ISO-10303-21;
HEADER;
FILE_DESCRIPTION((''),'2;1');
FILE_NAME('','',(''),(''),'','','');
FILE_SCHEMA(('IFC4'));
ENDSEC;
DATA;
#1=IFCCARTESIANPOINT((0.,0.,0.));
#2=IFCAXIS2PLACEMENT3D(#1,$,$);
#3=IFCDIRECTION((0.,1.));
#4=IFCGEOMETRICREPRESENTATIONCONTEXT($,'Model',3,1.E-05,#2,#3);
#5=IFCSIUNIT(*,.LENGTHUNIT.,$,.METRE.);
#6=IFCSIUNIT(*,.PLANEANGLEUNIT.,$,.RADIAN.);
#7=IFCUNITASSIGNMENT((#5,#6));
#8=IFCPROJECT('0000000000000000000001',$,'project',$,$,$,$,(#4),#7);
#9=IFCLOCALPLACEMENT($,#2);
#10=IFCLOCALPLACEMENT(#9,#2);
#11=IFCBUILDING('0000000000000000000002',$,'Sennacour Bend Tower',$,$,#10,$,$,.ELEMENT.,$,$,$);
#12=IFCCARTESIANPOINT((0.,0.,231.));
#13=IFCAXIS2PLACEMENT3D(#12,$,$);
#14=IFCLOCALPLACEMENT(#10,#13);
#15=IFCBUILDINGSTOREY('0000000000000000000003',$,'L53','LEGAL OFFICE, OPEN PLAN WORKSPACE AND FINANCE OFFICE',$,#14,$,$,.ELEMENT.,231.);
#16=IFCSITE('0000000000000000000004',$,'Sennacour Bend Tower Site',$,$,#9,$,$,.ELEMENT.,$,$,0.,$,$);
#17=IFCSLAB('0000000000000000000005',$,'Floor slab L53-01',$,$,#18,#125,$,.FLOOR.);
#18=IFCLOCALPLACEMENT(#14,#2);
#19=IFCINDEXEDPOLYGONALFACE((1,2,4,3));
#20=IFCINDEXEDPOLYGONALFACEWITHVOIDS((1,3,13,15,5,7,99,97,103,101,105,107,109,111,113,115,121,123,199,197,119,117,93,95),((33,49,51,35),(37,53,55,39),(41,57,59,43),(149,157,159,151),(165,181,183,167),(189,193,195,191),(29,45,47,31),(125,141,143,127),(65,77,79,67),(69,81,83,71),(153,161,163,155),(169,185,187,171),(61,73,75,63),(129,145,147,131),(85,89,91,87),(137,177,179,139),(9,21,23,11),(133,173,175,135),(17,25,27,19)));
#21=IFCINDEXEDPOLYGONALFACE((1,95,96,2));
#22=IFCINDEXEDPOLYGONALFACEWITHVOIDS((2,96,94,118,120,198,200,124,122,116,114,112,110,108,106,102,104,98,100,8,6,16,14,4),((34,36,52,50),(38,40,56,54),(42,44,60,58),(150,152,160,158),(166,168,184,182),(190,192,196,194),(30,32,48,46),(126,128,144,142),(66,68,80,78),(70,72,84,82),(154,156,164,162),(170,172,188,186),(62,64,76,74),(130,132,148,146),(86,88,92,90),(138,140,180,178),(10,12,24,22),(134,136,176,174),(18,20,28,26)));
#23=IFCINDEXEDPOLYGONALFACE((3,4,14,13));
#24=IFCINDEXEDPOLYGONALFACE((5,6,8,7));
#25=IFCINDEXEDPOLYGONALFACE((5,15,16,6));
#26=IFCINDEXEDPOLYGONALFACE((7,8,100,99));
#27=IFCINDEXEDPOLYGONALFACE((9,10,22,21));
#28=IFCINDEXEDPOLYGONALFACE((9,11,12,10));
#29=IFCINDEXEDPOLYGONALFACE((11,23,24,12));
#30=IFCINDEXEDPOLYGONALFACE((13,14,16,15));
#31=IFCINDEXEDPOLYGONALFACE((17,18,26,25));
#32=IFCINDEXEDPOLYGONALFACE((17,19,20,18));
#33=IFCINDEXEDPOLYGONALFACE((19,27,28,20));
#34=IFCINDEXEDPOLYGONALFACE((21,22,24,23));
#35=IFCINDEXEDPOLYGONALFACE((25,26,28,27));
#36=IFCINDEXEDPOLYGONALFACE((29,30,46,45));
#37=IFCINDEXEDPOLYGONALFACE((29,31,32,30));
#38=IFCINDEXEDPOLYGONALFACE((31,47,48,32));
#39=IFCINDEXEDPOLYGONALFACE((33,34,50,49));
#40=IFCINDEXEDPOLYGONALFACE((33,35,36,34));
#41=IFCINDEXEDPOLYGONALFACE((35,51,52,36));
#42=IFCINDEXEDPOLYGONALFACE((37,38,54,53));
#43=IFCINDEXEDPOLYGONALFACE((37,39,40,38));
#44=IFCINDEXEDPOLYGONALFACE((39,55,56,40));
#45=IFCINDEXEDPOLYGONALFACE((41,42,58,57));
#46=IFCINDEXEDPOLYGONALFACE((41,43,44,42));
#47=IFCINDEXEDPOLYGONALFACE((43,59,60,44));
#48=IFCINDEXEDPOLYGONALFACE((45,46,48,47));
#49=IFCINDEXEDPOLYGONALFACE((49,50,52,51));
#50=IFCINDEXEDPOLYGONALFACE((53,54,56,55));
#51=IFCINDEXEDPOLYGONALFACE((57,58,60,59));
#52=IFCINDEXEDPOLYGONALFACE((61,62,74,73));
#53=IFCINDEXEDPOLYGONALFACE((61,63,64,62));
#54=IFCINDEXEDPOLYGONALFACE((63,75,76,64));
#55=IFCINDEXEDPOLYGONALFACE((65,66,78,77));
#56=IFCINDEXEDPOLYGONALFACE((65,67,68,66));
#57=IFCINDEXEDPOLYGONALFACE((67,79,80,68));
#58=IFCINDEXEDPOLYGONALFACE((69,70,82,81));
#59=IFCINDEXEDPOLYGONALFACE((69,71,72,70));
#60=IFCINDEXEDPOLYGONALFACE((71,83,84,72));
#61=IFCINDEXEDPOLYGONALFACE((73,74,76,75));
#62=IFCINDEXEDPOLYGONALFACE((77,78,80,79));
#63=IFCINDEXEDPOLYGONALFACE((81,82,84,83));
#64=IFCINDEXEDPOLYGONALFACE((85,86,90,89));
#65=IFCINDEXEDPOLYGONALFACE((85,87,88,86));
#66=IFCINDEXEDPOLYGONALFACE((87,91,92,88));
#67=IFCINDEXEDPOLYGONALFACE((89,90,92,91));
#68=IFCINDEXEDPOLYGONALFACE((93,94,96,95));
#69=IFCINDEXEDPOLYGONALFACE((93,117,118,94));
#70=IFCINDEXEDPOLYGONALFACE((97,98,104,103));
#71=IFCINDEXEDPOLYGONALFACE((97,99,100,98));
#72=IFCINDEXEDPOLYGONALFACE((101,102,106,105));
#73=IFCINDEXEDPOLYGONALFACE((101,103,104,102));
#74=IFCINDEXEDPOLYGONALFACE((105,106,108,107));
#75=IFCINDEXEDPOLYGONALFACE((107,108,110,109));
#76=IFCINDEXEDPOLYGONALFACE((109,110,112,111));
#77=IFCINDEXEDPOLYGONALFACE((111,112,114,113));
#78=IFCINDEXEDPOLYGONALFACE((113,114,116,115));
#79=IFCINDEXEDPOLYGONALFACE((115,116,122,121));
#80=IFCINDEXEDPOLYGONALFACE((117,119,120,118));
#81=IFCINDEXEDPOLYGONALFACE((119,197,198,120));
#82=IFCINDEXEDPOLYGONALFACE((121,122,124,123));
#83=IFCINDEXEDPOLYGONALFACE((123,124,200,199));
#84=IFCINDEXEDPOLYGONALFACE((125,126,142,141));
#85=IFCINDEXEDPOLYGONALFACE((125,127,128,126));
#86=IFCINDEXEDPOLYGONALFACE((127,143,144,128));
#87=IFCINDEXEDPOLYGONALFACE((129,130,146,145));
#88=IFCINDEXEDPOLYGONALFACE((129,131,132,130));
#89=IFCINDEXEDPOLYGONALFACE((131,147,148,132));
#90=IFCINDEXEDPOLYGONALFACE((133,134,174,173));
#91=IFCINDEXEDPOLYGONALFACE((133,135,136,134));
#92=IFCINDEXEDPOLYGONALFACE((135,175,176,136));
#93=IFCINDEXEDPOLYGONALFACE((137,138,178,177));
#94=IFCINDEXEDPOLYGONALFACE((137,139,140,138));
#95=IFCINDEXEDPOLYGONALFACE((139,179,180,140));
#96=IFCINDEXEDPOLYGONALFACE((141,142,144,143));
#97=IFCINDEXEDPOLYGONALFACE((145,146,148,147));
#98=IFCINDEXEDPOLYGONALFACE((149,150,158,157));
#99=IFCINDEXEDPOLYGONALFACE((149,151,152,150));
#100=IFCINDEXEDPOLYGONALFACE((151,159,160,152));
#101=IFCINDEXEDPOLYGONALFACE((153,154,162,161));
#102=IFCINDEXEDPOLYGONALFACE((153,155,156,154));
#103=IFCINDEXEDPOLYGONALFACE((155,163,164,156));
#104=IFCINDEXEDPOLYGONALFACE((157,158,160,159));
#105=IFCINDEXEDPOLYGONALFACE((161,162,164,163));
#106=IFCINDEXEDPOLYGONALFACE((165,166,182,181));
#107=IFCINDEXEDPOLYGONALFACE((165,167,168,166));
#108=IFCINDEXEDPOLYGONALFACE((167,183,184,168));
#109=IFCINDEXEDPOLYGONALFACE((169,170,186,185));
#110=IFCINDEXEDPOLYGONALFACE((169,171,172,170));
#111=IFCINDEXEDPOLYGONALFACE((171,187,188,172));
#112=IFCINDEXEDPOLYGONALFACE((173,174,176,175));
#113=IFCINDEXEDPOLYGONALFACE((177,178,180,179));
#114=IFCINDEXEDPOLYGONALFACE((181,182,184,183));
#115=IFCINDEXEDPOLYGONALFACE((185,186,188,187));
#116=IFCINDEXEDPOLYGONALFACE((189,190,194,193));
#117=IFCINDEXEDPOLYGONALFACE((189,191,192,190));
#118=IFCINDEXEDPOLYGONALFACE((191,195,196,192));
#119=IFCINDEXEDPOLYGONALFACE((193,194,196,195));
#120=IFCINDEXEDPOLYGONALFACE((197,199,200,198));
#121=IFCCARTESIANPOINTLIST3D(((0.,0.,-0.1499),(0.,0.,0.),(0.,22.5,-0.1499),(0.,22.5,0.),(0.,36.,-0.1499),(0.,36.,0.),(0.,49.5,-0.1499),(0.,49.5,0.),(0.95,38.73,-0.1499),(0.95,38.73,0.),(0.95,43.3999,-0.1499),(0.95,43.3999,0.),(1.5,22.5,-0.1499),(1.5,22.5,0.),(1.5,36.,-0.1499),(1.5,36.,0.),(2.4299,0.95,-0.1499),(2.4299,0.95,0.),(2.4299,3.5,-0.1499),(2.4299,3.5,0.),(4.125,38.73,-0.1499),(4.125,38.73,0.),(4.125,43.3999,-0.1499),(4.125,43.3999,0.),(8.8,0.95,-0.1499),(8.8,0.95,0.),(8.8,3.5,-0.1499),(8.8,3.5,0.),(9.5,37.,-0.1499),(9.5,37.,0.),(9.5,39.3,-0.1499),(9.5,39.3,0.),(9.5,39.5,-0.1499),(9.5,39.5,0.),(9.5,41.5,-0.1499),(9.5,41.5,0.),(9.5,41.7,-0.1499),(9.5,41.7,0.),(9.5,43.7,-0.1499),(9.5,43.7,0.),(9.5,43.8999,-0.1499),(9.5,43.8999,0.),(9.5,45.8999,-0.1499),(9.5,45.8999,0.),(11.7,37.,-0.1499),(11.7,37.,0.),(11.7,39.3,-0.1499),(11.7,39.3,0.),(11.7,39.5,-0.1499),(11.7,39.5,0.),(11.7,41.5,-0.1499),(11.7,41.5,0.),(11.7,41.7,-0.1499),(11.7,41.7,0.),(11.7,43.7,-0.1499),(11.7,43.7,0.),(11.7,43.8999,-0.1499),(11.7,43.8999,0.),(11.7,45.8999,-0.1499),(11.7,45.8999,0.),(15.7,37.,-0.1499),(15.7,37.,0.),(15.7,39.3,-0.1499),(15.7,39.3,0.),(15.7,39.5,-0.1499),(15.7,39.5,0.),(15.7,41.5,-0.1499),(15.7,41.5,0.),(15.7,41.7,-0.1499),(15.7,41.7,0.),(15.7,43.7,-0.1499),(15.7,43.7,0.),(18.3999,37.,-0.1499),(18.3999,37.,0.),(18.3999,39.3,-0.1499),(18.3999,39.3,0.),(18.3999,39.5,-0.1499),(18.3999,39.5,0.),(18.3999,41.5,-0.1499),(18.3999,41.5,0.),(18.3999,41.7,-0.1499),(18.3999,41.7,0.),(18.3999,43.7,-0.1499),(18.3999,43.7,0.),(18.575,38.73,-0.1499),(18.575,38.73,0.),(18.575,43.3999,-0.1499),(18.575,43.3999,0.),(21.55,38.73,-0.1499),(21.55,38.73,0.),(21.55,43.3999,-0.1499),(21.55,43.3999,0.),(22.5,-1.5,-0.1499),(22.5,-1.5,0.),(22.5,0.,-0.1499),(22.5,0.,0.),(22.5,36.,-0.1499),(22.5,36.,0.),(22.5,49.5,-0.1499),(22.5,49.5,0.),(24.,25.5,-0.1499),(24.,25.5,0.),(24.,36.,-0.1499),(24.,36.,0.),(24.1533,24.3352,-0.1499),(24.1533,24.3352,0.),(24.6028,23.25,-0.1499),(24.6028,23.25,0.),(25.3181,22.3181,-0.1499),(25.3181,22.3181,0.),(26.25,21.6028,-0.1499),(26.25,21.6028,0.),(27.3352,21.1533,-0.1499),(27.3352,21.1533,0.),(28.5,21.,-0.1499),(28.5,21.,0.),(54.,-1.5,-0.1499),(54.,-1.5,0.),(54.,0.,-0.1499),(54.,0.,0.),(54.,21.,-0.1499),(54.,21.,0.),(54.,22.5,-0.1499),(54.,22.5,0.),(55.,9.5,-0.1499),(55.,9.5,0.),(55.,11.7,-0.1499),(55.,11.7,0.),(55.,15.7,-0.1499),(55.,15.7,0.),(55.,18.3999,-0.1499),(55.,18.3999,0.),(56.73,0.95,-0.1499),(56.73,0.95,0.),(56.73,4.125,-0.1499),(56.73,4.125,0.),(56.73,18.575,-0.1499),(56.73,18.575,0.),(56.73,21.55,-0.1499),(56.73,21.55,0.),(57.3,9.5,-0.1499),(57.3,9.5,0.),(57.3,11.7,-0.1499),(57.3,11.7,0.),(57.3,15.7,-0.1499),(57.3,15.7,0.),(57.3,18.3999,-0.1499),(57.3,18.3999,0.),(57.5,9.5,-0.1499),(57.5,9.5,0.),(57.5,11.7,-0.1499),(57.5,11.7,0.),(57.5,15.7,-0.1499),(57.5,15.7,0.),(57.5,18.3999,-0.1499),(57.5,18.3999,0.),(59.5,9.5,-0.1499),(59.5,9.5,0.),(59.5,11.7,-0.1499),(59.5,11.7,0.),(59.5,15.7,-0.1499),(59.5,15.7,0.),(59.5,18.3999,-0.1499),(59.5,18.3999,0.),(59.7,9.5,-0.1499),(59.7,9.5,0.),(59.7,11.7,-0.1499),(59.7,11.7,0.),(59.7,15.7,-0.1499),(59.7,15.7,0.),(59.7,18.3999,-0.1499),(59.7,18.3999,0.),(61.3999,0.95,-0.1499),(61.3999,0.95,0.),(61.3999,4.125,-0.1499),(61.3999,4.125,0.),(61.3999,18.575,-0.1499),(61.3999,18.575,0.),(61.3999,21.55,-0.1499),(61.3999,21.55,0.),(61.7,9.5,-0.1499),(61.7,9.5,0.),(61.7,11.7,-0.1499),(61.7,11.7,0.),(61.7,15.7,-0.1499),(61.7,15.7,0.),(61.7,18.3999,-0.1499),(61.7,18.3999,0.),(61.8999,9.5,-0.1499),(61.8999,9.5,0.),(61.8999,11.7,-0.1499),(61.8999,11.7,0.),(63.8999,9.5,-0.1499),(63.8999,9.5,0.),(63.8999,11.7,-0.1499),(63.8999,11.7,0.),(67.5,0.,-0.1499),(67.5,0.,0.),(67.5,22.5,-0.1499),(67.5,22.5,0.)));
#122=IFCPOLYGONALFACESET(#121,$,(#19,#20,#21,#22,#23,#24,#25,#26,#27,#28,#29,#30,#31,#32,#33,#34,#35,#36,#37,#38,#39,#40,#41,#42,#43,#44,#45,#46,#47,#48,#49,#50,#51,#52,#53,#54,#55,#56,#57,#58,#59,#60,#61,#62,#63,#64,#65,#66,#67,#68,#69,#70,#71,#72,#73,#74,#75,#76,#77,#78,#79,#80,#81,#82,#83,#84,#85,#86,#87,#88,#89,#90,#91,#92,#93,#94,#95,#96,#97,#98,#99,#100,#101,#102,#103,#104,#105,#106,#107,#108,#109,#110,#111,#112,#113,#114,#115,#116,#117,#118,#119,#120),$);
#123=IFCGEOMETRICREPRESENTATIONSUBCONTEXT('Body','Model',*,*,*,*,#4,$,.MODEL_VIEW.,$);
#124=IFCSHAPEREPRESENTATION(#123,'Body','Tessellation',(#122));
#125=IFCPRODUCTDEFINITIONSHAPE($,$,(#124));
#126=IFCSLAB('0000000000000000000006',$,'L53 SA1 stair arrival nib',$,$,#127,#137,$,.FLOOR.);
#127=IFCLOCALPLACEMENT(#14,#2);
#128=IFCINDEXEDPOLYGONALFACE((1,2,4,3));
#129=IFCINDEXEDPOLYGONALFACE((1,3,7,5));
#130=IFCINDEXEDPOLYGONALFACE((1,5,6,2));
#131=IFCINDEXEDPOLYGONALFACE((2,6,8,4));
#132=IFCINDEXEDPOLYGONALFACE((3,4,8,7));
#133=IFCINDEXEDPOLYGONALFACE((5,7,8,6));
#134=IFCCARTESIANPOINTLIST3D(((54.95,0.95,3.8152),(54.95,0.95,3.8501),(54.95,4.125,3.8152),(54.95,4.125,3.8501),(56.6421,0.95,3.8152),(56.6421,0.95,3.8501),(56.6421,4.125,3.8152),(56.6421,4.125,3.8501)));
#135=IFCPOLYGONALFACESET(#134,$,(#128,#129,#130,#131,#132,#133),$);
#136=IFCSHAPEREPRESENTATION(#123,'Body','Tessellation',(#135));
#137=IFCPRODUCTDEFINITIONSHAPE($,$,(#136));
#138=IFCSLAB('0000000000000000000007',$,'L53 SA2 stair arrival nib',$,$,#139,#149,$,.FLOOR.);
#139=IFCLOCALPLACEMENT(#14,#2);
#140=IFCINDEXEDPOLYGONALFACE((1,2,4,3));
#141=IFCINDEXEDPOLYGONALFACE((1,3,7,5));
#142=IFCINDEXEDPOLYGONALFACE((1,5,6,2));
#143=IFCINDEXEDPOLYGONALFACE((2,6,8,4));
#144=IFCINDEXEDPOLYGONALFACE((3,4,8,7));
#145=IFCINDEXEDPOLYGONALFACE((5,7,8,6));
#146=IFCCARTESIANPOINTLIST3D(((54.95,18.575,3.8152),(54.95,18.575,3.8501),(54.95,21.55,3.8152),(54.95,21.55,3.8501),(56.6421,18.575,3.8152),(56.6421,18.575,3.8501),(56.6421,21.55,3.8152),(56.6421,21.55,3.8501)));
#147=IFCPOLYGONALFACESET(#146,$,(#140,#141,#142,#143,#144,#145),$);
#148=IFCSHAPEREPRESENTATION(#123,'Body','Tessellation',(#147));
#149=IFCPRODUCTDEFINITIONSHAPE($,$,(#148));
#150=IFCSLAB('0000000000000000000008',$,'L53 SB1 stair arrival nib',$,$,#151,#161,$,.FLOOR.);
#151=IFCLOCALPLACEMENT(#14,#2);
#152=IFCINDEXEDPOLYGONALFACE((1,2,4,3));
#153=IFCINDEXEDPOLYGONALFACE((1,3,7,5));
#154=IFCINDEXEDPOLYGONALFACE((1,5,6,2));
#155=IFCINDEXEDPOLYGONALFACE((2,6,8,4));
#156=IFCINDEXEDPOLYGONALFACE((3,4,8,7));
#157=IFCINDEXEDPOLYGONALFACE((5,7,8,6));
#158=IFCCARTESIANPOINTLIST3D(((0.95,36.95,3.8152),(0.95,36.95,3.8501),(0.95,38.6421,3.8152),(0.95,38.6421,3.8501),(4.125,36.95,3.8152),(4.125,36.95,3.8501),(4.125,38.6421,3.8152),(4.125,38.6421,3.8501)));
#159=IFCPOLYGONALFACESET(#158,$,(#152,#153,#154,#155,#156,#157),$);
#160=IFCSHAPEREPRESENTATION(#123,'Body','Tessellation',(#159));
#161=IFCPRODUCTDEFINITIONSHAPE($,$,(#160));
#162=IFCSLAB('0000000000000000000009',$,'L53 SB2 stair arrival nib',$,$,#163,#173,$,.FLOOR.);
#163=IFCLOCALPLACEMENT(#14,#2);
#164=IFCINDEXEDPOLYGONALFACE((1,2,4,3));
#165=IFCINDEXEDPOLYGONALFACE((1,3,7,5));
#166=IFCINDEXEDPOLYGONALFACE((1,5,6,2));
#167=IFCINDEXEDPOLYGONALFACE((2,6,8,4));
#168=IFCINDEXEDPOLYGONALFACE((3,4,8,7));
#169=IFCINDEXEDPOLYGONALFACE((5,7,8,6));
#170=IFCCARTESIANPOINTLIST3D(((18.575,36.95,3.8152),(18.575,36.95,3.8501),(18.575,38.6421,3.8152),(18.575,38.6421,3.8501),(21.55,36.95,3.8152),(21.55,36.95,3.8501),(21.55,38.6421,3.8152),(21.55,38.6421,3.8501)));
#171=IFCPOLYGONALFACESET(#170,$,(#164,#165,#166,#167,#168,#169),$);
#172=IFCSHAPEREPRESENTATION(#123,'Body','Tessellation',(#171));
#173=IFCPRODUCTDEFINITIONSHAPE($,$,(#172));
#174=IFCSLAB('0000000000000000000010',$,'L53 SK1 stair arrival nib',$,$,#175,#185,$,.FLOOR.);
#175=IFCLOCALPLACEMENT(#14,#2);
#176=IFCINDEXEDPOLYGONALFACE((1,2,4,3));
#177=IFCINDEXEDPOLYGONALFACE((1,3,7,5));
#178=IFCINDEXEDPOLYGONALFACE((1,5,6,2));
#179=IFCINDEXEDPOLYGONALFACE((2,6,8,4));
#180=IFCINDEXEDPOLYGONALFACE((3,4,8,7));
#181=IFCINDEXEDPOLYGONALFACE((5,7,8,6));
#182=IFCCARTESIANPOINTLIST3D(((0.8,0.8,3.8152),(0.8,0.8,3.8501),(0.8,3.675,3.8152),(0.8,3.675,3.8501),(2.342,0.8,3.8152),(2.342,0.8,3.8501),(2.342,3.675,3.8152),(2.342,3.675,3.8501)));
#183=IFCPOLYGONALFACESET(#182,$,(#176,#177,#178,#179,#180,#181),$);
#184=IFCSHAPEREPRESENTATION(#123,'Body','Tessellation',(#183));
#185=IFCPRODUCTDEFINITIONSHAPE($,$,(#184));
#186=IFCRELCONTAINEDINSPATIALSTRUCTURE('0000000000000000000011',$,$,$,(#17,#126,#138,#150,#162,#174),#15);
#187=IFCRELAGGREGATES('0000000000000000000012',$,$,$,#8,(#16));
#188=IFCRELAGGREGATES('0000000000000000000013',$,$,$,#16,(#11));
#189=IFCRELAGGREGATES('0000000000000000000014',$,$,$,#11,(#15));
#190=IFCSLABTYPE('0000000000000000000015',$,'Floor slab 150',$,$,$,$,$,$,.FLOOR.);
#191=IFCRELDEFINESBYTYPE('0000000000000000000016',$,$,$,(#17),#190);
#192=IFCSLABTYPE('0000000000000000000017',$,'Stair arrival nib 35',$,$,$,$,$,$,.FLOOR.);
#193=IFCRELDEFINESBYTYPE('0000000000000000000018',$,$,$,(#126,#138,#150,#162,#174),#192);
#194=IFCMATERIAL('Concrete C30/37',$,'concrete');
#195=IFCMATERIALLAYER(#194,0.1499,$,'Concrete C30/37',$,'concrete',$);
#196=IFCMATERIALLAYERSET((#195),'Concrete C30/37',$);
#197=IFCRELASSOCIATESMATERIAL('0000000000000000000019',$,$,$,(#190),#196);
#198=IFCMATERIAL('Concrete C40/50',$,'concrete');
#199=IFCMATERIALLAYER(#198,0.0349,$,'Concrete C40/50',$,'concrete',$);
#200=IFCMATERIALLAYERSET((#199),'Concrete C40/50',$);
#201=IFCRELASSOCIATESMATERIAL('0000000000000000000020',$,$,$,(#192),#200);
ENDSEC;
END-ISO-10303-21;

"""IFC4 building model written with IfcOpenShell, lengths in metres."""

from ifc_helpers import new_model, si_unit, direction, frame, origin, place, context, subcontext, project, spatial, polyline, outline, extrude, material, layer, layer_set, type_object, element, save


model = new_model("IFC4")

# Units and contexts
model_context = context("Model", 3, precision=1e-05, world=origin(), true_north=direction((0.0, 1.0)))
body_context = subcontext(model_context, "Body", "Model", "MODEL_VIEW")
ifc_project = project(units=[si_unit("LENGTHUNIT", "METRE"), si_unit("PLANEANGLEUNIT", "RADIAN")], contexts=[model_context])

# Site, building, storey
site_placement = place(None, origin())
site = spatial("IfcSite", under=ifc_project, at=site_placement, Name="Sennacour Bend Tower Site", CompositionType="ELEMENT", RefElevation=0.0)
building_placement = place(site_placement, origin())
building = spatial("IfcBuilding", under=site, at=building_placement, Name="Sennacour Bend Tower", CompositionType="ELEMENT")
storey_placement = place(building_placement, frame((0.0, 0.0, 231.0)))
storey = spatial("IfcBuildingStorey", under=building, at=storey_placement, Name="L53", Description="LEGAL OFFICE, OPEN PLAN WORKSPACE AND FINANCE OFFICE", CompositionType="ELEMENT", Elevation=231.0)

# Slabs
ifc_material_1 = material(Name="Concrete C30/37", Category="concrete")
ifc_layer_1 = layer(ifc_material_1, 0.1499, Name="Concrete C30/37", Category="concrete")
ifc_layer_set_1 = layer_set([ifc_layer_1], Name="Concrete C30/37")
slab_type_1 = type_object("IfcSlabType", Name="Floor slab 150", PredefinedType="FLOOR", material=ifc_layer_set_1)
slab_1_placement = place(storey_placement, frame((0.0, 0.0, -0.1499)))
element("IfcSlab", 1, at=slab_1_placement, inside=storey, type_object=slab_type_1, Name="Floor slab L53-01", PredefinedType="FLOOR", context=body_context, shape_type="SweptSolid", body=[
    extrude(outline(polyline([(22.5, 0.0), (0.0, 0.0), (0.0, 22.5), (1.5, 22.5), (1.5, 36.0), (0.0, 36.0), (0.0, 49.5), (22.5, 49.5), (22.5, 36.0), (24.0, 36.0), (24.0, 25.5), (24.1533, 24.3352), (24.6028, 23.25), (25.3181, 22.3181), (26.25, 21.6028), (27.3352, 21.1533), (28.5, 21.0), (54.0, 21.0), (54.0, 22.5), (67.5, 22.5), (67.5, 0.0), (54.0, 0.0), (54.0, -1.5), (22.5, -1.5), (22.5, 0.0)]), holes=[polyline([(8.8, 0.95), (8.8, 3.5), (2.4299, 3.5), (2.4299, 0.95), (8.8, 0.95)]), polyline([(11.7, 37.0), (11.7, 39.3), (9.5, 39.3), (9.5, 37.0), (11.7, 37.0)]), polyline([(18.3999, 37.0), (18.3999, 39.3), (15.7, 39.3), (15.7, 37.0), (18.3999, 37.0)]), polyline([(11.7, 39.5), (11.7, 41.5), (9.5, 41.5), (9.5, 39.5), (11.7, 39.5)]), polyline([(18.3999, 39.5), (18.3999, 41.5), (15.7, 41.5), (15.7, 39.5), (18.3999, 39.5)]), polyline([(4.125, 38.73), (4.125, 43.3999), (0.95, 43.3999), (0.95, 38.73), (4.125, 38.73)]), polyline([(21.55, 38.73), (21.55, 43.3999), (18.575, 43.3999), (18.575, 38.73), (21.55, 38.73)]), polyline([(9.5, 41.7), (11.7, 41.7), (11.7, 43.7), (9.5, 43.7), (9.5, 41.7)]), polyline([(15.7, 41.7), (18.3999, 41.7), (18.3999, 43.7), (15.7, 43.7), (15.7, 41.7)]), polyline([(11.7, 43.8999), (11.7, 45.8999), (9.5, 45.8999), (9.5, 43.8999), (11.7, 43.8999)]), polyline([(61.3999, 0.95), (61.3999, 4.125), (56.73, 4.125), (56.73, 0.95), (61.3999, 0.95)]), polyline([(57.3, 9.5), (57.3, 11.7), (55.0, 11.7), (55.0, 9.5), (57.3, 9.5)]), polyline([(57.5, 9.5), (59.5, 9.5), (59.5, 11.7), (57.5, 11.7), (57.5, 9.5)]), polyline([(59.7, 9.5), (61.7, 9.5), (61.7, 11.7), (59.7, 11.7), (59.7, 9.5)]), polyline([(63.8999, 9.5), (63.8999, 11.7), (61.8999, 11.7), (61.8999, 9.5), (63.8999, 9.5)]), polyline([(57.3, 15.7), (57.3, 18.3999), (55.0, 18.3999), (55.0, 15.7), (57.3, 15.7)]), polyline([(59.5, 15.7), (59.5, 18.3999), (57.5, 18.3999), (57.5, 15.7), (59.5, 15.7)]), polyline([(59.7, 15.7), (61.7, 15.7), (61.7, 18.3999), (59.7, 18.3999), (59.7, 15.7)]), polyline([(56.73, 18.575), (61.3999, 18.575), (61.3999, 21.55), (56.73, 21.55), (56.73, 18.575)])]), origin(), (0.0, 0.0, 1.0), 0.1499),
])
ifc_material_2 = material(Name="Concrete C40/50", Category="concrete")
ifc_layer_2 = layer(ifc_material_2, 0.0349, Name="Concrete C40/50", Category="concrete")
ifc_layer_set_2 = layer_set([ifc_layer_2], Name="Concrete C40/50")
slab_type_2 = type_object("IfcSlabType", Name="Stair arrival nib 35", PredefinedType="FLOOR", material=ifc_layer_set_2)
slab_2_placement = place(storey_placement, frame((0.0, 0.0, 3.8152)))
element("IfcSlab", 2, at=slab_2_placement, inside=storey, type_object=slab_type_2, Name="L53 SA1 stair arrival nib", PredefinedType="FLOOR", context=body_context, shape_type="SweptSolid", body=[
    extrude(outline(polyline([(56.6421, 4.125), (54.95, 4.125), (54.95, 0.95), (56.6421, 0.95), (56.6421, 4.125)])), origin(), (0.0, 0.0, 1.0), 0.0349),
])
slab_3_placement = place(storey_placement, frame((0.0, 0.0, 3.8152)))
element("IfcSlab", 3, at=slab_3_placement, inside=storey, type_object=slab_type_2, Name="L53 SA2 stair arrival nib", PredefinedType="FLOOR", context=body_context, shape_type="SweptSolid", body=[
    extrude(outline(polyline([(56.6421, 21.55), (54.95, 21.55), (54.95, 18.575), (56.6421, 18.575), (56.6421, 21.55)])), origin(), (0.0, 0.0, 1.0), 0.0349),
])
slab_4_placement = place(storey_placement, frame((0.0, 0.0, 3.8152)))
element("IfcSlab", 4, at=slab_4_placement, inside=storey, type_object=slab_type_2, Name="L53 SB1 stair arrival nib", PredefinedType="FLOOR", context=body_context, shape_type="SweptSolid", body=[
    extrude(outline(polyline([(0.95, 38.6421), (0.95, 36.95), (4.125, 36.95), (4.125, 38.6421), (0.95, 38.6421)])), origin(), (0.0, 0.0, 1.0), 0.0349),
])
slab_5_placement = place(storey_placement, frame((0.0, 0.0, 3.8152)))
element("IfcSlab", 5, at=slab_5_placement, inside=storey, type_object=slab_type_2, Name="L53 SB2 stair arrival nib", PredefinedType="FLOOR", context=body_context, shape_type="SweptSolid", body=[
    extrude(outline(polyline([(18.575, 38.6421), (18.575, 36.95), (21.55, 36.95), (21.55, 38.6421), (18.575, 38.6421)])), origin(), (0.0, 0.0, 1.0), 0.0349),
])
slab_6_placement = place(storey_placement, frame((0.0, 0.0, 3.8152)))
element("IfcSlab", 6, at=slab_6_placement, inside=storey, type_object=slab_type_2, Name="L53 SK1 stair arrival nib", PredefinedType="FLOOR", context=body_context, shape_type="SweptSolid", body=[
    extrude(outline(polyline([(2.342, 3.675), (0.8, 3.675), (0.8, 0.8), (2.342, 0.8), (2.342, 3.675)])), origin(), (0.0, 0.0, 1.0), 0.0349),
])

save(model, "model.ifc")
